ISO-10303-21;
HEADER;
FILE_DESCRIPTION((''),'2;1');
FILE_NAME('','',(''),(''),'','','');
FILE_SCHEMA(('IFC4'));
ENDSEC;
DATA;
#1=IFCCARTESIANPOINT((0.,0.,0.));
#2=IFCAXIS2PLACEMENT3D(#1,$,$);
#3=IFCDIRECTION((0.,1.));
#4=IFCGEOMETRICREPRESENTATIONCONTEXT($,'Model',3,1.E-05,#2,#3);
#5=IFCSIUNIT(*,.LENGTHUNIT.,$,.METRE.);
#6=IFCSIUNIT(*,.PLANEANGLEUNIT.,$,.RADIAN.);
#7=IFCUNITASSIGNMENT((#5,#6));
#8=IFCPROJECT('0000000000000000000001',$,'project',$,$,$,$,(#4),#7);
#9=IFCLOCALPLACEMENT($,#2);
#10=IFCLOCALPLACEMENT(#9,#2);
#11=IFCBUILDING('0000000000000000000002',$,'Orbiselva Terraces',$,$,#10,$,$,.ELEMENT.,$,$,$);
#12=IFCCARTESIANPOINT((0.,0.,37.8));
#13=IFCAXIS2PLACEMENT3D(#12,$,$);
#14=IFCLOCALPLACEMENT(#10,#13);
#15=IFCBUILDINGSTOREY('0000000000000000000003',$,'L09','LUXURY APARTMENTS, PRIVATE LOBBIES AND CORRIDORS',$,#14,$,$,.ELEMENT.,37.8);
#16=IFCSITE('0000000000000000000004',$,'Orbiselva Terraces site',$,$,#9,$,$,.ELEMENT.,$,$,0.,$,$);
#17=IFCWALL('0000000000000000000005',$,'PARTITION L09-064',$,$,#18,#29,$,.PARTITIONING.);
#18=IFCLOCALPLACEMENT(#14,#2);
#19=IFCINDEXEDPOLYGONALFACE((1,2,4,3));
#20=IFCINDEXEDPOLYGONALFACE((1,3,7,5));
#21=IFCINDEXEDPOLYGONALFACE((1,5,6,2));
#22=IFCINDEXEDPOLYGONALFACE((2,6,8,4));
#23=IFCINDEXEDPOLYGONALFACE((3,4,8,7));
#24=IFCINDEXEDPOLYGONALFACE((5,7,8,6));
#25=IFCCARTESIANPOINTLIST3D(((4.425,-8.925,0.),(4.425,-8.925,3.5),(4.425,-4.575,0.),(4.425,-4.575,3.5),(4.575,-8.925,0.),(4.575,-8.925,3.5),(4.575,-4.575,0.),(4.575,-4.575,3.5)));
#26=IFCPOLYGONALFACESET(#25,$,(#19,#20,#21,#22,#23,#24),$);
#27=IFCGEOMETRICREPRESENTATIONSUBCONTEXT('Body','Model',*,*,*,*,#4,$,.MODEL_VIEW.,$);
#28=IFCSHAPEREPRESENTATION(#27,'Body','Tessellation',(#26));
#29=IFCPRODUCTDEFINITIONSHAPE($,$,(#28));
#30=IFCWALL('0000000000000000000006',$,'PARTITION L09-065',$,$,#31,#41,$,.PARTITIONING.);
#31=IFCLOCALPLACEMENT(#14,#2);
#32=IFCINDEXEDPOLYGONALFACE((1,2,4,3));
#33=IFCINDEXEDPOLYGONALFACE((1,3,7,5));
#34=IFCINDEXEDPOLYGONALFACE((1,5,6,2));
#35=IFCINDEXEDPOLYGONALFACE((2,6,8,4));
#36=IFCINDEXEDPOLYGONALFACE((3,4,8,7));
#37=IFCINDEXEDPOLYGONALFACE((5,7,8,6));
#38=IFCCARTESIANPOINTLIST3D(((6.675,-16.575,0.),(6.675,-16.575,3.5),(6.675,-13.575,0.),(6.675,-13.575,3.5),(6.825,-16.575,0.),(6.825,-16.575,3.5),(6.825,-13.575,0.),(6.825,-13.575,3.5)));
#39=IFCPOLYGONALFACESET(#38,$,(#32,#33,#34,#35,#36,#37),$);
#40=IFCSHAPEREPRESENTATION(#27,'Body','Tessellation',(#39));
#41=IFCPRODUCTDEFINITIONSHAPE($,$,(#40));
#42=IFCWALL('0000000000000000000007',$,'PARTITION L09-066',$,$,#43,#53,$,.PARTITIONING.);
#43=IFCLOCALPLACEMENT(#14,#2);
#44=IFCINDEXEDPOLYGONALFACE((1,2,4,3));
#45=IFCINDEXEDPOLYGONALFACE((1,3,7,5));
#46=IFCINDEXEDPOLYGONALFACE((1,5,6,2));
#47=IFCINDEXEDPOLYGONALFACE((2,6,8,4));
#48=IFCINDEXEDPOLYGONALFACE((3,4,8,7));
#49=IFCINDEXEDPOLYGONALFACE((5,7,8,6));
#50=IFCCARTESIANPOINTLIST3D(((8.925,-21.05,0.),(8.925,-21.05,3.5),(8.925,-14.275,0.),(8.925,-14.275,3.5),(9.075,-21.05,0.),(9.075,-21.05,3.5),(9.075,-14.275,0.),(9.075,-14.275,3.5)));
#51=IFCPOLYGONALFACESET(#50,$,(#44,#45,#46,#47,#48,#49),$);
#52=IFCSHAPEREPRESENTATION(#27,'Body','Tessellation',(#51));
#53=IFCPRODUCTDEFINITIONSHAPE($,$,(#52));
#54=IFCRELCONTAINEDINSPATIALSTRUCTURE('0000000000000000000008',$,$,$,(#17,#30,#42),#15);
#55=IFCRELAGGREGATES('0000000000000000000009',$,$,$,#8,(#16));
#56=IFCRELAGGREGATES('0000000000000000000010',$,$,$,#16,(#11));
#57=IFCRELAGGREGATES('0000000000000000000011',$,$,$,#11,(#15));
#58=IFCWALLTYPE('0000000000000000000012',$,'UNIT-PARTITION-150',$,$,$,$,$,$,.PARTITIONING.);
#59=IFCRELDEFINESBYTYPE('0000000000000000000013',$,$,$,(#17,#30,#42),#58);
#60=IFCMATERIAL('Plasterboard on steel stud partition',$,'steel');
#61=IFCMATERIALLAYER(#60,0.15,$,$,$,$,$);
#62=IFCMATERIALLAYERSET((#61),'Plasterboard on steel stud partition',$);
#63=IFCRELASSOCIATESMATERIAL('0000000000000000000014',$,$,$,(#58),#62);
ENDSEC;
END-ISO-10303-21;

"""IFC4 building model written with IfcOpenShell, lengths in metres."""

from ifc_helpers import new_model, si_unit, direction, frame, frame_2d, origin, place, context, subcontext, project, spatial, rectangle, extrude, material, layer, layer_set, type_object, element, save


model = new_model("IFC4")

# Units and contexts
model_context = context("Model", 3, precision=1e-05, world=origin(), true_north=direction((0.0, 1.0)))
body_context = subcontext(model_context, "Body", "Model", "MODEL_VIEW")
ifc_project = project(units=[si_unit("LENGTHUNIT", "METRE"), si_unit("PLANEANGLEUNIT", "RADIAN")], contexts=[model_context])

# Site, building, storey
site_placement = place(None, origin())
site = spatial("IfcSite", under=ifc_project, at=site_placement, Name="Orbiselva Terraces site", CompositionType="ELEMENT", RefElevation=0.0)
building_placement = place(site_placement, origin())
building = spatial("IfcBuilding", under=site, at=building_placement, Name="Orbiselva Terraces", CompositionType="ELEMENT")
storey_placement = place(building_placement, frame((0.0, 0.0, 37.8)))
storey = spatial("IfcBuildingStorey", under=building, at=storey_placement, Name="L09", Description="LUXURY APARTMENTS, PRIVATE LOBBIES AND CORRIDORS", CompositionType="ELEMENT", Elevation=37.8)

# Shared definitions
ifc_material_1 = material(Name="Plasterboard on steel stud partition", Category="steel")

# Shared definitions
ifc_layer_1 = layer(ifc_material_1, 0.15)
ifc_layer_set_1 = layer_set([ifc_layer_1], Name="Plasterboard on steel stud partition")
wall_type_1 = type_object("IfcWallType", Name="UNIT-PARTITION-150", PredefinedType="PARTITIONING", material=ifc_layer_set_1)

# Walls
wall_1_placement = place(storey_placement, frame((4.5, -8.925, 0.0), z_axis=(0.0, 0.0, 1.0), x_axis=(0.0, 1.0, 0.0)))
element("IfcWall", 1, at=wall_1_placement, inside=storey, type_object=wall_type_1, Name="PARTITION L09-064", PredefinedType="PARTITIONING", context=body_context, shape_type="SweptSolid", body=[
    extrude(rectangle(XDim=4.35, YDim=0.15, at=frame_2d((2.175, 0.0))), origin(), (0.0, 0.0, 1.0), 3.5),
])
wall_2_placement = place(storey_placement, frame((6.75, -16.575, 0.0), z_axis=(0.0, 0.0, 1.0), x_axis=(0.0, 1.0, 0.0)))
element("IfcWall", 2, at=wall_2_placement, inside=storey, type_object=wall_type_1, Name="PARTITION L09-065", PredefinedType="PARTITIONING", context=body_context, shape_type="SweptSolid", body=[
    extrude(rectangle(XDim=3.0, YDim=0.15, at=frame_2d((1.5, 0.0))), origin(), (0.0, 0.0, 1.0), 3.5),
])
wall_3_placement = place(storey_placement, frame((9.0, -21.05, 0.0), z_axis=(0.0, 0.0, 1.0), x_axis=(0.0, 1.0, 0.0)))
element("IfcWall", 3, at=wall_3_placement, inside=storey, type_object=wall_type_1, Name="PARTITION L09-066", PredefinedType="PARTITIONING", context=body_context, shape_type="SweptSolid", body=[
    extrude(rectangle(XDim=6.775, YDim=0.15, at=frame_2d((3.3875, 0.0))), origin(), (0.0, 0.0, 1.0), 3.5),
])

save(model, "model.ifc")
